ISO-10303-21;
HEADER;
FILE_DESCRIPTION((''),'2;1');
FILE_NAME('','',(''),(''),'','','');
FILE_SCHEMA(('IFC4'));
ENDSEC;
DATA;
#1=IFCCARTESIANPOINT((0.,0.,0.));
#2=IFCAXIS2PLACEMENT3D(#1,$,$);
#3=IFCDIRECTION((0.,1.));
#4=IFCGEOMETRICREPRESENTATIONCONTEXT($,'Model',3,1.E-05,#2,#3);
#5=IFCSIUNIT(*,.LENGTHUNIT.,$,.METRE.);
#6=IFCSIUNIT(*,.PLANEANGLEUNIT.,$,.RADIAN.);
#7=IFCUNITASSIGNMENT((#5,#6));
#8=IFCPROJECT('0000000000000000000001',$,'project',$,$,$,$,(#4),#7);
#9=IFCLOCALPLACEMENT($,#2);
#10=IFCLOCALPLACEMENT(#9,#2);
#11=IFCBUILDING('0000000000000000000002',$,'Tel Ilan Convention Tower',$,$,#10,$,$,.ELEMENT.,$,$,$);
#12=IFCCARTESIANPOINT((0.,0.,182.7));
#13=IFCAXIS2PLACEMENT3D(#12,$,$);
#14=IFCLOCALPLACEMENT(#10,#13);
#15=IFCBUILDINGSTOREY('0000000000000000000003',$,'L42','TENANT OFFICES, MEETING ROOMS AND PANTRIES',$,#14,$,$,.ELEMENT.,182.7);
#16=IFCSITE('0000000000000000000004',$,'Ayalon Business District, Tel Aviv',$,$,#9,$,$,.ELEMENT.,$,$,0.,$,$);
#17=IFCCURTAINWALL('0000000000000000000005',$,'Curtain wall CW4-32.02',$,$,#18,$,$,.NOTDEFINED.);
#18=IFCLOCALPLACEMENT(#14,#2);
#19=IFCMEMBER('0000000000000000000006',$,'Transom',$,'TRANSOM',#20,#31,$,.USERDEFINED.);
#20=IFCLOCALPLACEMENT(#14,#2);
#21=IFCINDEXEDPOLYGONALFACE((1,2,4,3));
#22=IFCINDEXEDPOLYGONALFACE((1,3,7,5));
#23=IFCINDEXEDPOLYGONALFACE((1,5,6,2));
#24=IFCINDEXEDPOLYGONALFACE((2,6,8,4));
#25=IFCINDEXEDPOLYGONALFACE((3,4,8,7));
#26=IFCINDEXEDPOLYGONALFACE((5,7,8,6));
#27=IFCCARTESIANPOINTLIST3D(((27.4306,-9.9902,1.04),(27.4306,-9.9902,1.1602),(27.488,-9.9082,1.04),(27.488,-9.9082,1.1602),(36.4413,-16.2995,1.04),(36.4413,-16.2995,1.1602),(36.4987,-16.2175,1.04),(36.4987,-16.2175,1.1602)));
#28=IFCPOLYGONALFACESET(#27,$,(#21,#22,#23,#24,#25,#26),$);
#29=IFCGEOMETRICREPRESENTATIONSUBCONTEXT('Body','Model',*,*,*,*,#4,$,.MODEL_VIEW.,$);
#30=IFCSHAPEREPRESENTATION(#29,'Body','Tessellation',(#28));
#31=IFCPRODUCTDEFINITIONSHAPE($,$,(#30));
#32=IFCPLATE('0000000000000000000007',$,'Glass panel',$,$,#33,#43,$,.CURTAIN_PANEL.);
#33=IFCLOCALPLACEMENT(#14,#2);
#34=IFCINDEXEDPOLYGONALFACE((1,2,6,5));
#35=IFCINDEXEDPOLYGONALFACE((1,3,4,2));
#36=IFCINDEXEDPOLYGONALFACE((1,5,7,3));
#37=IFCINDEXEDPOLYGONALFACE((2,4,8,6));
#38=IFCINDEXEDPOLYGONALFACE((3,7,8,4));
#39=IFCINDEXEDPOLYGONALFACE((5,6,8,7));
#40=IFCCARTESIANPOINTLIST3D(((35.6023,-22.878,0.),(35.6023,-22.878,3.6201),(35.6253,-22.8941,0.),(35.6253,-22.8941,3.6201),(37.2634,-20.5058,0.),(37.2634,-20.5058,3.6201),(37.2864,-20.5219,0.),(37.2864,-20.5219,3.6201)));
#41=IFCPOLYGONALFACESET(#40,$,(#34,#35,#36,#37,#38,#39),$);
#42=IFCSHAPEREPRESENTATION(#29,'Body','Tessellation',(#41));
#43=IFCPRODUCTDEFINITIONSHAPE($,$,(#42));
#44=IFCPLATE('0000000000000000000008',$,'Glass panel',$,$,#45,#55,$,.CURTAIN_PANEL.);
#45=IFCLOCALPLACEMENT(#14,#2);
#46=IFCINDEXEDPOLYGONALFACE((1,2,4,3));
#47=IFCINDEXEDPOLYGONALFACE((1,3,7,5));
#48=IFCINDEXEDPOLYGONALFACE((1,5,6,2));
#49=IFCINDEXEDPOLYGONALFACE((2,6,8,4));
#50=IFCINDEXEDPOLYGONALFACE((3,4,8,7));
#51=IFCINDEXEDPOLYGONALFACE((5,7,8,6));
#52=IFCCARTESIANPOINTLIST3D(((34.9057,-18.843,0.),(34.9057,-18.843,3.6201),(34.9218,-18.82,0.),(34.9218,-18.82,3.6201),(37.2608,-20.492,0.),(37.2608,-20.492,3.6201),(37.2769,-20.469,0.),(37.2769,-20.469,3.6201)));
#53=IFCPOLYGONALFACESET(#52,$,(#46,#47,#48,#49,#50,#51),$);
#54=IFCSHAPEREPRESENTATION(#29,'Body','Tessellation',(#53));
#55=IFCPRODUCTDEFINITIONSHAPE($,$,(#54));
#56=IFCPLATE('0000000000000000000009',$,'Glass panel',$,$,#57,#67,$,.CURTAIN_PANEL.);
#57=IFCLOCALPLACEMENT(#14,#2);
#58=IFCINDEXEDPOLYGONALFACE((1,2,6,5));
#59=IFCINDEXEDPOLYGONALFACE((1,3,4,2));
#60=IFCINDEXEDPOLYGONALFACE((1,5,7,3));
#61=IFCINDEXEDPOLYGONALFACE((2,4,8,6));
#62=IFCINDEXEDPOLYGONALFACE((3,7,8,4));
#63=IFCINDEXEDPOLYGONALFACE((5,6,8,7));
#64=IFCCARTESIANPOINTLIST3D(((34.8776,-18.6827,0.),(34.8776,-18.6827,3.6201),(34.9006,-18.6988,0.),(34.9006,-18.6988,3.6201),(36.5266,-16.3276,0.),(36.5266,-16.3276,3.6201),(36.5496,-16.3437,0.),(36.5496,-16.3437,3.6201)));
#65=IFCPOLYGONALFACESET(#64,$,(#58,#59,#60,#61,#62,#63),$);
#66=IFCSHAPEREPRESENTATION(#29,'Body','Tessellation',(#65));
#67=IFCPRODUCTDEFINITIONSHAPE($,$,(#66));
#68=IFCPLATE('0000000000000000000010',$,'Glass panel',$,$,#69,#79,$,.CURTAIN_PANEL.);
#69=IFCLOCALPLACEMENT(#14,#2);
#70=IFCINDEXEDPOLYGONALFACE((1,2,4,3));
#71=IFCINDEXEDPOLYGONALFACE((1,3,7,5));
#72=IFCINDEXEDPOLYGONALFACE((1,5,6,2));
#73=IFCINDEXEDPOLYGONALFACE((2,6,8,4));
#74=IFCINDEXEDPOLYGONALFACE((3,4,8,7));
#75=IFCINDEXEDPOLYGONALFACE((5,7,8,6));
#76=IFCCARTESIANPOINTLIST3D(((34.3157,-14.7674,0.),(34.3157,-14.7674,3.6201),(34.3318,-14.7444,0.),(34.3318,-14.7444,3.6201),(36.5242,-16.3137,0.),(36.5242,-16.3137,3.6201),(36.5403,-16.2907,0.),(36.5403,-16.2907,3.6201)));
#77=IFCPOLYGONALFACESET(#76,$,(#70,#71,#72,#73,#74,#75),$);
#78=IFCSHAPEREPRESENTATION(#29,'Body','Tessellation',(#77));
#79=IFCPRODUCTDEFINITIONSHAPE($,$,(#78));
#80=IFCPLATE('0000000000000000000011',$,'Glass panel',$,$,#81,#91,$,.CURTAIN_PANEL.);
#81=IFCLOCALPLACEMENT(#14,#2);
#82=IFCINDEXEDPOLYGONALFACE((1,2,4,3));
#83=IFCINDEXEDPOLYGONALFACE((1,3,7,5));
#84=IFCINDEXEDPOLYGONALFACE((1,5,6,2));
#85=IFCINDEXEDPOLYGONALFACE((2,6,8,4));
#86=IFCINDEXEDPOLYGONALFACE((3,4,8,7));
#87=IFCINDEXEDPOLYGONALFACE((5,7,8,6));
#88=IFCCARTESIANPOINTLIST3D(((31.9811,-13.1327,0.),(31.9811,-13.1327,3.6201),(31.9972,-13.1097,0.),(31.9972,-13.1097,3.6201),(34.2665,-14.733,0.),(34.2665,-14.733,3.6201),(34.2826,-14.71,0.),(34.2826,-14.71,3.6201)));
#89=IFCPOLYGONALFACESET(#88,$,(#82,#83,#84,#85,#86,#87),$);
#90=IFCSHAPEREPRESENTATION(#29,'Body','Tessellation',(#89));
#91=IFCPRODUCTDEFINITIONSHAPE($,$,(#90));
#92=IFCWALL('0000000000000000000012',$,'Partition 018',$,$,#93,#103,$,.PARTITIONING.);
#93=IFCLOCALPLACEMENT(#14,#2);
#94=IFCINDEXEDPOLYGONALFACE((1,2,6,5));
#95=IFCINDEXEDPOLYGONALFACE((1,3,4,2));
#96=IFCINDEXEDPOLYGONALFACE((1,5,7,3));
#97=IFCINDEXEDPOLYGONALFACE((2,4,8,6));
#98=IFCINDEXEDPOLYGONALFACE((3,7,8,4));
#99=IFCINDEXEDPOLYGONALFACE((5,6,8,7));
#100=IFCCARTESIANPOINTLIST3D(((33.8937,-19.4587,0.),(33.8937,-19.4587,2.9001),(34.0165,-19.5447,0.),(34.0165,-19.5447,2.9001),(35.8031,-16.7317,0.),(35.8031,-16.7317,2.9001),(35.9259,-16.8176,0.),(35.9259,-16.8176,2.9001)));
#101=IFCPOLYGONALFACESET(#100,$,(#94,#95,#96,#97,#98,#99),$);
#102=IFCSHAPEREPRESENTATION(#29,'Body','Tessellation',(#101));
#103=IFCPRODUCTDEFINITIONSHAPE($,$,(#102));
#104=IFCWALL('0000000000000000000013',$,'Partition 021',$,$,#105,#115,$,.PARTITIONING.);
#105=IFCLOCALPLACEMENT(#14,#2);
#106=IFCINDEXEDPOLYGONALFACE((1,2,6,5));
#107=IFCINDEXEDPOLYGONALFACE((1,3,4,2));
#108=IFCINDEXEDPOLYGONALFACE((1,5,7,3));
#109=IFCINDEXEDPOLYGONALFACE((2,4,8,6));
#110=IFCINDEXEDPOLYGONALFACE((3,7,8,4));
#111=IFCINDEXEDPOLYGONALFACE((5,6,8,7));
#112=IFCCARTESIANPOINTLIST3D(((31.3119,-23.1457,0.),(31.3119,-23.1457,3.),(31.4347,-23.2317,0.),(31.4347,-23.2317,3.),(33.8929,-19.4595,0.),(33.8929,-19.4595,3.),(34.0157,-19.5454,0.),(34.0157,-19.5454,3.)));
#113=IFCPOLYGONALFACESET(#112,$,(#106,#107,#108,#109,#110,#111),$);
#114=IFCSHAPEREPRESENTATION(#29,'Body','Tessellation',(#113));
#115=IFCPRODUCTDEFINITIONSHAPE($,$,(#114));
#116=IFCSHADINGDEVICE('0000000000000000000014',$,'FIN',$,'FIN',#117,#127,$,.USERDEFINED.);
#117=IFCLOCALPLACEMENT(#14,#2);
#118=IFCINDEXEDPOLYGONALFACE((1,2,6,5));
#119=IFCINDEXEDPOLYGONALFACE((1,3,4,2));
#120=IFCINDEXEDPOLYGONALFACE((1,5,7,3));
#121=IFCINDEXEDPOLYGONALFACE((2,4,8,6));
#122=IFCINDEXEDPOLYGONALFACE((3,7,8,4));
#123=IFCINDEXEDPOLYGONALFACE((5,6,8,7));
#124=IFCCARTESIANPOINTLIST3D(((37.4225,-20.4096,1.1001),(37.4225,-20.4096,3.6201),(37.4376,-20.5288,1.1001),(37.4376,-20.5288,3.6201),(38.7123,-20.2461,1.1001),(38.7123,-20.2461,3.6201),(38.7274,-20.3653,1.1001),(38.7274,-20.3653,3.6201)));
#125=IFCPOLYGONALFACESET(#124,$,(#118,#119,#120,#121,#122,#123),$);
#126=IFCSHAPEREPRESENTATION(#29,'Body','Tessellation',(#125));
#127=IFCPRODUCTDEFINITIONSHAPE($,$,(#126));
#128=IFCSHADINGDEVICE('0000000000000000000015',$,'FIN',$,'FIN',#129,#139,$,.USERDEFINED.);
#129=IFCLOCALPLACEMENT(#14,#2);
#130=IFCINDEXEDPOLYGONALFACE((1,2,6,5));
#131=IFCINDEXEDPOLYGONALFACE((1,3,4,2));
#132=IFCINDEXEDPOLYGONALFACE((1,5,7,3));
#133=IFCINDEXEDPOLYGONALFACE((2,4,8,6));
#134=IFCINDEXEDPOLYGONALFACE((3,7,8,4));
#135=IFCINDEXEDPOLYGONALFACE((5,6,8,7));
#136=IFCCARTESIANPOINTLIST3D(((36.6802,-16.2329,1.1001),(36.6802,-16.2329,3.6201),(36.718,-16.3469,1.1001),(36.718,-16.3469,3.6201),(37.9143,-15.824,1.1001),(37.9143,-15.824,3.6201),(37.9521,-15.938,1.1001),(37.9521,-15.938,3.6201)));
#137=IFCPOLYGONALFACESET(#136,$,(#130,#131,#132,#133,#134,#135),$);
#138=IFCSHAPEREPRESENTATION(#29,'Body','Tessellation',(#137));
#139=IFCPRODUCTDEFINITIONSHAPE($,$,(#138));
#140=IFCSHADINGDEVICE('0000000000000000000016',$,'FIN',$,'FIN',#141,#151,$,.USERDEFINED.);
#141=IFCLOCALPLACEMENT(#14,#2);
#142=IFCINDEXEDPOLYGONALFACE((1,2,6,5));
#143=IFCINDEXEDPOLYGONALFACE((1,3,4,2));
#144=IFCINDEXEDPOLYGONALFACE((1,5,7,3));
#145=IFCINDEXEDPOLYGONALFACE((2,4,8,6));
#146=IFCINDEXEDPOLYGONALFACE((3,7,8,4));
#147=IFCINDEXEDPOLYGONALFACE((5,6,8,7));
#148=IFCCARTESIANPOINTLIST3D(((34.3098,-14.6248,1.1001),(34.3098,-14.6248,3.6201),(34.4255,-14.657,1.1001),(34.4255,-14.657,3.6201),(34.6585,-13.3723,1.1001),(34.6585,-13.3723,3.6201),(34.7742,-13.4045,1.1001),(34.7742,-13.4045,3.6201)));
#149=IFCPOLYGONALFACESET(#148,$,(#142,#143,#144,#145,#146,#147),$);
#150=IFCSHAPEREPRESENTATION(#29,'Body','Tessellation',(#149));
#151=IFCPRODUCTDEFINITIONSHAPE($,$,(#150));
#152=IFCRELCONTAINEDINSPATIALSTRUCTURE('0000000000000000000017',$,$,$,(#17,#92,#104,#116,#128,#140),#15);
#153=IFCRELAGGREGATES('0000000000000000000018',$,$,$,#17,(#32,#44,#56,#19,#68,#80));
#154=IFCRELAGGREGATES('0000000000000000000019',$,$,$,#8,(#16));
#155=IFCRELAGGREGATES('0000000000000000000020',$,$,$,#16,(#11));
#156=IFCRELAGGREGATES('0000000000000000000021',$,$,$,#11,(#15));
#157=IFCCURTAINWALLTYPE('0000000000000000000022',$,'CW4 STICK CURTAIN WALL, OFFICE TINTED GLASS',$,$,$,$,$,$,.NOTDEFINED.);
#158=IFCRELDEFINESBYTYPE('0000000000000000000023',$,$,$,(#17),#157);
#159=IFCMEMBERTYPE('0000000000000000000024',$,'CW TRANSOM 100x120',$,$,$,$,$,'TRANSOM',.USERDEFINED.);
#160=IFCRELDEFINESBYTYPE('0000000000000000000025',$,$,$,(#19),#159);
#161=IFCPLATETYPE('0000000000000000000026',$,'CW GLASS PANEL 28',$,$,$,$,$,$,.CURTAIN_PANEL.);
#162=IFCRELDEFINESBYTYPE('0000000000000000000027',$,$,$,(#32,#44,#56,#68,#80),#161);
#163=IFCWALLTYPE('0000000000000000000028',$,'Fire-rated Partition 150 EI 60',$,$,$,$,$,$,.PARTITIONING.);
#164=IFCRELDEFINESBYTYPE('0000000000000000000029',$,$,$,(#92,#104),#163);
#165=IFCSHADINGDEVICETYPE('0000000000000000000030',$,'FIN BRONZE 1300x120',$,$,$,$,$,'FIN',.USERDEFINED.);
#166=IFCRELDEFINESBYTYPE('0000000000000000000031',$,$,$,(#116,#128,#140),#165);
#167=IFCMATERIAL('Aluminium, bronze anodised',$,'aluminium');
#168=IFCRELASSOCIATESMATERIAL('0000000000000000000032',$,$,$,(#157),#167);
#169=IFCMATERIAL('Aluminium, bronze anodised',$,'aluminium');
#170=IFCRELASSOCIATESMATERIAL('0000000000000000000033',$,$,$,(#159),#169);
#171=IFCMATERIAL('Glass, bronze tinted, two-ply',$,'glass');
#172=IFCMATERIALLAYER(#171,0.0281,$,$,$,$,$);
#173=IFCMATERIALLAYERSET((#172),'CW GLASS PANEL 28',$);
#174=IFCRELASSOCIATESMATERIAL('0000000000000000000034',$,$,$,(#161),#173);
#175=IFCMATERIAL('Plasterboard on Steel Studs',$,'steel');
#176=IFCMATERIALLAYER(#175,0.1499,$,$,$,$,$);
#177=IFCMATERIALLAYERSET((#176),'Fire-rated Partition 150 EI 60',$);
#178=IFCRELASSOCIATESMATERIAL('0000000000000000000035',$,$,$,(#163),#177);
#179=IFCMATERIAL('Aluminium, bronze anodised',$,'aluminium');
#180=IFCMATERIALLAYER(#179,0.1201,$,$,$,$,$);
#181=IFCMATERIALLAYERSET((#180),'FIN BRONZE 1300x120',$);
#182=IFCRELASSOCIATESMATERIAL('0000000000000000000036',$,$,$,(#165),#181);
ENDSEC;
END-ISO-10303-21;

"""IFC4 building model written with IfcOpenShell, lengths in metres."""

from ifc_helpers import new_model, si_unit, direction, frame, frame_2d, origin, origin_2d, place, context, subcontext, project, spatial, rectangle, extrude, material, layer, layer_set, material_profile, profile_set, type_object, element, aggregate, save


model = new_model("IFC4")

# Units and contexts
model_context = context("Model", 3, precision=1e-05, world=origin(), true_north=direction((0.0, 1.0)))
body_context = subcontext(model_context, "Body", "Model", "MODEL_VIEW")
ifc_project = project(units=[si_unit("LENGTHUNIT", "METRE"), si_unit("PLANEANGLEUNIT", "RADIAN")], contexts=[model_context])

# Site, building, storey
site_placement = place(None, origin())
site = spatial("IfcSite", under=ifc_project, at=site_placement, Name="Ayalon Business District, Tel Aviv", CompositionType="ELEMENT", RefElevation=0.0)
building_placement = place(site_placement, origin())
building = spatial("IfcBuilding", under=site, at=building_placement, Name="Tel Ilan Convention Tower", CompositionType="ELEMENT")
storey_placement = place(building_placement, frame((0.0, 0.0, 182.7)))
storey = spatial("IfcBuildingStorey", under=building, at=storey_placement, Name="L42", Description="TENANT OFFICES, MEETING ROOMS AND PANTRIES", CompositionType="ELEMENT", Elevation=182.7)

# Curtain wall, member, plates
ifc_material_1 = material(Name="Aluminium, bronze anodised", Category="aluminium")
curtain_wall_type = type_object("IfcCurtainWallType", Name="CW4 STICK CURTAIN WALL, OFFICE TINTED GLASS", PredefinedType="NOTDEFINED", material=ifc_material_1)
curtain_wall_placement = place(storey_placement, origin())
curtain_wall = element("IfcCurtainWall", 1, at=curtain_wall_placement, inside=storey, type_object=curtain_wall_type, Name="Curtain wall CW4-32.02", PredefinedType="NOTDEFINED")
ifc_material_2 = material(Name="Aluminium, bronze anodised", Category="aluminium")
ifc_material_profile_1 = material_profile(ifc_material_2, rectangle(XDim=0.1001, YDim=0.1201, at=origin_2d()), Name="CW TRANSOM 100x120")
ifc_profile_set_1 = profile_set([ifc_material_profile_1], Name="Aluminium, bronze anodised")
member_type_1 = type_object("IfcMemberType", Name="CW TRANSOM 100x120", ElementType="TRANSOM", PredefinedType="USERDEFINED", material=ifc_profile_set_1)
member_1_placement = place(storey_placement, frame((36.47, -16.2585, 1.1001), z_axis=(-0.819155, 0.573573, 0.0), x_axis=(-0.573573, -0.819155, 0.0)))
member_1 = element("IfcMember", 2, at=member_1_placement, type_object=member_type_1, Name="Transom", ObjectType="TRANSOM", PredefinedType="USERDEFINED", context=body_context, shape_type="SweptSolid", body=[
    extrude(rectangle(XDim=0.1001, YDim=0.1201, at=origin_2d()), origin(), (0.0, 0.0, 1.0), 11.0),
])
ifc_material_3 = material(Name="Glass, bronze tinted, two-ply", Category="glass")
ifc_layer_1 = layer(ifc_material_3, 0.0281)
ifc_layer_set_1 = layer_set([ifc_layer_1], Name="CW GLASS PANEL 28")
plate_type = type_object("IfcPlateType", Name="CW GLASS PANEL 28", PredefinedType="CURTAIN_PANEL", material=ifc_layer_set_1)
plate_1_placement = place(storey_placement, frame((36.4443, -21.7, 0.0), z_axis=(0.0, 0.0, 1.0), x_axis=(0.573576, 0.819152, 0.0)))
plate_1 = element("IfcPlate", 3, at=plate_1_placement, type_object=plate_type, Name="Glass panel", PredefinedType="CURTAIN_PANEL", context=body_context, shape_type="SweptSolid", body=[
    extrude(rectangle(XDim=2.896, YDim=0.0281, at=origin_2d()), origin(), (0.0, 0.0, 1.0), 3.6201),
])
plate_2_placement = place(storey_placement, frame((36.0913, -19.656, 0.0), z_axis=(0.0, 0.0, 1.0), x_axis=(-0.819152, 0.573576, 0.0)))
plate_2 = element("IfcPlate", 4, at=plate_2_placement, type_object=plate_type, Name="Glass panel", PredefinedType="CURTAIN_PANEL", context=body_context, shape_type="SweptSolid", body=[
    extrude(rectangle(XDim=2.875, YDim=0.0281, at=origin_2d()), origin(), (0.0, 0.0, 1.0), 3.6201),
])
plate_3_placement = place(storey_placement, frame((35.7136, -17.5132, 0.0), z_axis=(0.0, 0.0, 1.0), x_axis=(0.573576, 0.819152, 0.0)))
plate_3 = element("IfcPlate", 5, at=plate_3_placement, type_object=plate_type, Name="Glass panel", PredefinedType="CURTAIN_PANEL", context=body_context, shape_type="SweptSolid", body=[
    extrude(rectangle(XDim=2.875, YDim=0.0281, at=origin_2d()), origin(), (0.0, 0.0, 1.0), 3.6201),
])
plate_4_placement = place(storey_placement, frame((35.428, -15.5291, 0.0), z_axis=(0.0, 0.0, 1.0), x_axis=(-0.819152, 0.573576, 0.0)))
plate_4 = element("IfcPlate", 6, at=plate_4_placement, type_object=plate_type, Name="Glass panel", PredefinedType="CURTAIN_PANEL", context=body_context, shape_type="SweptSolid", body=[
    extrude(rectangle(XDim=2.696, YDim=0.0281, at=origin_2d()), origin(), (0.0, 0.0, 1.0), 3.6201),
])
plate_5_placement = place(storey_placement, frame((33.1318, -13.9214, 0.0), z_axis=(0.0, 0.0, 1.0), x_axis=(-0.819152, 0.573576, 0.0)))
plate_5 = element("IfcPlate", 7, at=plate_5_placement, type_object=plate_type, Name="Glass panel", PredefinedType="CURTAIN_PANEL", context=body_context, shape_type="SweptSolid", body=[
    extrude(rectangle(XDim=2.79, YDim=0.0281, at=origin_2d()), origin(), (0.0, 0.0, 1.0), 3.6201),
])
aggregate(curtain_wall, [plate_1, plate_2, plate_3, member_1, plate_4, plate_5])

# Walls
ifc_material_4 = material(Name="Plasterboard on Steel Studs", Category="steel")
ifc_layer_2 = layer(ifc_material_4, 0.1499)
ifc_layer_set_2 = layer_set([ifc_layer_2], Name="Fire-rated Partition 150 EI 60")
wall_type = type_object("IfcWallType", Name="Fire-rated Partition 150 EI 60", PredefinedType="PARTITIONING", material=ifc_layer_set_2)
wall_1_placement = place(storey_placement, frame((35.8645, -16.7747, 0.0), z_axis=(0.0, 0.0, 1.0), x_axis=(-0.573561, -0.819163, 0.0)))
element("IfcWall", 8, at=wall_1_placement, inside=storey, type_object=wall_type, Name="Partition 018", PredefinedType="PARTITIONING", context=body_context, shape_type="SweptSolid", body=[
    extrude(rectangle(XDim=3.3291, YDim=0.1499, at=frame_2d((1.6646, 0.0))), origin(), (0.0, 0.0, 1.0), 2.9001),
])
wall_2_placement = place(storey_placement, frame((33.9543, -19.5024, 0.0), z_axis=(0.0, 0.0, 1.0), x_axis=(-0.573561, -0.819163, 0.0)))
element("IfcWall", 9, at=wall_2_placement, inside=storey, type_object=wall_type, Name="Partition 021", PredefinedType="PARTITIONING", context=body_context, shape_type="SweptSolid", body=[
    extrude(rectangle(XDim=4.5, YDim=0.1499, at=frame_2d((2.25, 0.0))), origin(), (0.0, 0.0, 1.0), 3.0),
])

# Shading devices
ifc_material_5 = material(Name="Aluminium, bronze anodised", Category="aluminium")
ifc_layer_3 = layer(ifc_material_5, 0.1201)
ifc_layer_set_3 = layer_set([ifc_layer_3], Name="FIN BRONZE 1300x120")
shading_device_type = type_object("IfcShadingDeviceType", Name="FIN BRONZE 1300x120", ElementType="FIN", PredefinedType="USERDEFINED", material=ifc_layer_set_3)
for number, where, z_axis, x_axis, name in (
    (10, (38.075, -20.3875, 1.1001), (0.0, 0.0, 1.0), (0.992066, 0.125718, 0.0), "FIN"),
    (11, (37.3162, -16.0854, 1.1001), (0.0, 0.0, 1.0), (0.949243, 0.314545, 0.0), "FIN"),
    (12, (34.542, -14.0146, 1.1001), (0.0, 0.0, 1.0), (0.268173, 0.963371, 0.0), "FIN"),
):
    element("IfcShadingDevice", number, at=place(storey_placement, frame(where, z_axis=z_axis, x_axis=x_axis)), inside=storey, type_object=shading_device_type, Name=name, ObjectType="FIN", PredefinedType="USERDEFINED", context=body_context, shape_type="SweptSolid", body=[
        extrude(rectangle(XDim=1.3, YDim=0.1201, at=origin_2d()), origin(), (0.0, 0.0, 1.0), 2.52),
    ])

save(model, "model.ifc")
